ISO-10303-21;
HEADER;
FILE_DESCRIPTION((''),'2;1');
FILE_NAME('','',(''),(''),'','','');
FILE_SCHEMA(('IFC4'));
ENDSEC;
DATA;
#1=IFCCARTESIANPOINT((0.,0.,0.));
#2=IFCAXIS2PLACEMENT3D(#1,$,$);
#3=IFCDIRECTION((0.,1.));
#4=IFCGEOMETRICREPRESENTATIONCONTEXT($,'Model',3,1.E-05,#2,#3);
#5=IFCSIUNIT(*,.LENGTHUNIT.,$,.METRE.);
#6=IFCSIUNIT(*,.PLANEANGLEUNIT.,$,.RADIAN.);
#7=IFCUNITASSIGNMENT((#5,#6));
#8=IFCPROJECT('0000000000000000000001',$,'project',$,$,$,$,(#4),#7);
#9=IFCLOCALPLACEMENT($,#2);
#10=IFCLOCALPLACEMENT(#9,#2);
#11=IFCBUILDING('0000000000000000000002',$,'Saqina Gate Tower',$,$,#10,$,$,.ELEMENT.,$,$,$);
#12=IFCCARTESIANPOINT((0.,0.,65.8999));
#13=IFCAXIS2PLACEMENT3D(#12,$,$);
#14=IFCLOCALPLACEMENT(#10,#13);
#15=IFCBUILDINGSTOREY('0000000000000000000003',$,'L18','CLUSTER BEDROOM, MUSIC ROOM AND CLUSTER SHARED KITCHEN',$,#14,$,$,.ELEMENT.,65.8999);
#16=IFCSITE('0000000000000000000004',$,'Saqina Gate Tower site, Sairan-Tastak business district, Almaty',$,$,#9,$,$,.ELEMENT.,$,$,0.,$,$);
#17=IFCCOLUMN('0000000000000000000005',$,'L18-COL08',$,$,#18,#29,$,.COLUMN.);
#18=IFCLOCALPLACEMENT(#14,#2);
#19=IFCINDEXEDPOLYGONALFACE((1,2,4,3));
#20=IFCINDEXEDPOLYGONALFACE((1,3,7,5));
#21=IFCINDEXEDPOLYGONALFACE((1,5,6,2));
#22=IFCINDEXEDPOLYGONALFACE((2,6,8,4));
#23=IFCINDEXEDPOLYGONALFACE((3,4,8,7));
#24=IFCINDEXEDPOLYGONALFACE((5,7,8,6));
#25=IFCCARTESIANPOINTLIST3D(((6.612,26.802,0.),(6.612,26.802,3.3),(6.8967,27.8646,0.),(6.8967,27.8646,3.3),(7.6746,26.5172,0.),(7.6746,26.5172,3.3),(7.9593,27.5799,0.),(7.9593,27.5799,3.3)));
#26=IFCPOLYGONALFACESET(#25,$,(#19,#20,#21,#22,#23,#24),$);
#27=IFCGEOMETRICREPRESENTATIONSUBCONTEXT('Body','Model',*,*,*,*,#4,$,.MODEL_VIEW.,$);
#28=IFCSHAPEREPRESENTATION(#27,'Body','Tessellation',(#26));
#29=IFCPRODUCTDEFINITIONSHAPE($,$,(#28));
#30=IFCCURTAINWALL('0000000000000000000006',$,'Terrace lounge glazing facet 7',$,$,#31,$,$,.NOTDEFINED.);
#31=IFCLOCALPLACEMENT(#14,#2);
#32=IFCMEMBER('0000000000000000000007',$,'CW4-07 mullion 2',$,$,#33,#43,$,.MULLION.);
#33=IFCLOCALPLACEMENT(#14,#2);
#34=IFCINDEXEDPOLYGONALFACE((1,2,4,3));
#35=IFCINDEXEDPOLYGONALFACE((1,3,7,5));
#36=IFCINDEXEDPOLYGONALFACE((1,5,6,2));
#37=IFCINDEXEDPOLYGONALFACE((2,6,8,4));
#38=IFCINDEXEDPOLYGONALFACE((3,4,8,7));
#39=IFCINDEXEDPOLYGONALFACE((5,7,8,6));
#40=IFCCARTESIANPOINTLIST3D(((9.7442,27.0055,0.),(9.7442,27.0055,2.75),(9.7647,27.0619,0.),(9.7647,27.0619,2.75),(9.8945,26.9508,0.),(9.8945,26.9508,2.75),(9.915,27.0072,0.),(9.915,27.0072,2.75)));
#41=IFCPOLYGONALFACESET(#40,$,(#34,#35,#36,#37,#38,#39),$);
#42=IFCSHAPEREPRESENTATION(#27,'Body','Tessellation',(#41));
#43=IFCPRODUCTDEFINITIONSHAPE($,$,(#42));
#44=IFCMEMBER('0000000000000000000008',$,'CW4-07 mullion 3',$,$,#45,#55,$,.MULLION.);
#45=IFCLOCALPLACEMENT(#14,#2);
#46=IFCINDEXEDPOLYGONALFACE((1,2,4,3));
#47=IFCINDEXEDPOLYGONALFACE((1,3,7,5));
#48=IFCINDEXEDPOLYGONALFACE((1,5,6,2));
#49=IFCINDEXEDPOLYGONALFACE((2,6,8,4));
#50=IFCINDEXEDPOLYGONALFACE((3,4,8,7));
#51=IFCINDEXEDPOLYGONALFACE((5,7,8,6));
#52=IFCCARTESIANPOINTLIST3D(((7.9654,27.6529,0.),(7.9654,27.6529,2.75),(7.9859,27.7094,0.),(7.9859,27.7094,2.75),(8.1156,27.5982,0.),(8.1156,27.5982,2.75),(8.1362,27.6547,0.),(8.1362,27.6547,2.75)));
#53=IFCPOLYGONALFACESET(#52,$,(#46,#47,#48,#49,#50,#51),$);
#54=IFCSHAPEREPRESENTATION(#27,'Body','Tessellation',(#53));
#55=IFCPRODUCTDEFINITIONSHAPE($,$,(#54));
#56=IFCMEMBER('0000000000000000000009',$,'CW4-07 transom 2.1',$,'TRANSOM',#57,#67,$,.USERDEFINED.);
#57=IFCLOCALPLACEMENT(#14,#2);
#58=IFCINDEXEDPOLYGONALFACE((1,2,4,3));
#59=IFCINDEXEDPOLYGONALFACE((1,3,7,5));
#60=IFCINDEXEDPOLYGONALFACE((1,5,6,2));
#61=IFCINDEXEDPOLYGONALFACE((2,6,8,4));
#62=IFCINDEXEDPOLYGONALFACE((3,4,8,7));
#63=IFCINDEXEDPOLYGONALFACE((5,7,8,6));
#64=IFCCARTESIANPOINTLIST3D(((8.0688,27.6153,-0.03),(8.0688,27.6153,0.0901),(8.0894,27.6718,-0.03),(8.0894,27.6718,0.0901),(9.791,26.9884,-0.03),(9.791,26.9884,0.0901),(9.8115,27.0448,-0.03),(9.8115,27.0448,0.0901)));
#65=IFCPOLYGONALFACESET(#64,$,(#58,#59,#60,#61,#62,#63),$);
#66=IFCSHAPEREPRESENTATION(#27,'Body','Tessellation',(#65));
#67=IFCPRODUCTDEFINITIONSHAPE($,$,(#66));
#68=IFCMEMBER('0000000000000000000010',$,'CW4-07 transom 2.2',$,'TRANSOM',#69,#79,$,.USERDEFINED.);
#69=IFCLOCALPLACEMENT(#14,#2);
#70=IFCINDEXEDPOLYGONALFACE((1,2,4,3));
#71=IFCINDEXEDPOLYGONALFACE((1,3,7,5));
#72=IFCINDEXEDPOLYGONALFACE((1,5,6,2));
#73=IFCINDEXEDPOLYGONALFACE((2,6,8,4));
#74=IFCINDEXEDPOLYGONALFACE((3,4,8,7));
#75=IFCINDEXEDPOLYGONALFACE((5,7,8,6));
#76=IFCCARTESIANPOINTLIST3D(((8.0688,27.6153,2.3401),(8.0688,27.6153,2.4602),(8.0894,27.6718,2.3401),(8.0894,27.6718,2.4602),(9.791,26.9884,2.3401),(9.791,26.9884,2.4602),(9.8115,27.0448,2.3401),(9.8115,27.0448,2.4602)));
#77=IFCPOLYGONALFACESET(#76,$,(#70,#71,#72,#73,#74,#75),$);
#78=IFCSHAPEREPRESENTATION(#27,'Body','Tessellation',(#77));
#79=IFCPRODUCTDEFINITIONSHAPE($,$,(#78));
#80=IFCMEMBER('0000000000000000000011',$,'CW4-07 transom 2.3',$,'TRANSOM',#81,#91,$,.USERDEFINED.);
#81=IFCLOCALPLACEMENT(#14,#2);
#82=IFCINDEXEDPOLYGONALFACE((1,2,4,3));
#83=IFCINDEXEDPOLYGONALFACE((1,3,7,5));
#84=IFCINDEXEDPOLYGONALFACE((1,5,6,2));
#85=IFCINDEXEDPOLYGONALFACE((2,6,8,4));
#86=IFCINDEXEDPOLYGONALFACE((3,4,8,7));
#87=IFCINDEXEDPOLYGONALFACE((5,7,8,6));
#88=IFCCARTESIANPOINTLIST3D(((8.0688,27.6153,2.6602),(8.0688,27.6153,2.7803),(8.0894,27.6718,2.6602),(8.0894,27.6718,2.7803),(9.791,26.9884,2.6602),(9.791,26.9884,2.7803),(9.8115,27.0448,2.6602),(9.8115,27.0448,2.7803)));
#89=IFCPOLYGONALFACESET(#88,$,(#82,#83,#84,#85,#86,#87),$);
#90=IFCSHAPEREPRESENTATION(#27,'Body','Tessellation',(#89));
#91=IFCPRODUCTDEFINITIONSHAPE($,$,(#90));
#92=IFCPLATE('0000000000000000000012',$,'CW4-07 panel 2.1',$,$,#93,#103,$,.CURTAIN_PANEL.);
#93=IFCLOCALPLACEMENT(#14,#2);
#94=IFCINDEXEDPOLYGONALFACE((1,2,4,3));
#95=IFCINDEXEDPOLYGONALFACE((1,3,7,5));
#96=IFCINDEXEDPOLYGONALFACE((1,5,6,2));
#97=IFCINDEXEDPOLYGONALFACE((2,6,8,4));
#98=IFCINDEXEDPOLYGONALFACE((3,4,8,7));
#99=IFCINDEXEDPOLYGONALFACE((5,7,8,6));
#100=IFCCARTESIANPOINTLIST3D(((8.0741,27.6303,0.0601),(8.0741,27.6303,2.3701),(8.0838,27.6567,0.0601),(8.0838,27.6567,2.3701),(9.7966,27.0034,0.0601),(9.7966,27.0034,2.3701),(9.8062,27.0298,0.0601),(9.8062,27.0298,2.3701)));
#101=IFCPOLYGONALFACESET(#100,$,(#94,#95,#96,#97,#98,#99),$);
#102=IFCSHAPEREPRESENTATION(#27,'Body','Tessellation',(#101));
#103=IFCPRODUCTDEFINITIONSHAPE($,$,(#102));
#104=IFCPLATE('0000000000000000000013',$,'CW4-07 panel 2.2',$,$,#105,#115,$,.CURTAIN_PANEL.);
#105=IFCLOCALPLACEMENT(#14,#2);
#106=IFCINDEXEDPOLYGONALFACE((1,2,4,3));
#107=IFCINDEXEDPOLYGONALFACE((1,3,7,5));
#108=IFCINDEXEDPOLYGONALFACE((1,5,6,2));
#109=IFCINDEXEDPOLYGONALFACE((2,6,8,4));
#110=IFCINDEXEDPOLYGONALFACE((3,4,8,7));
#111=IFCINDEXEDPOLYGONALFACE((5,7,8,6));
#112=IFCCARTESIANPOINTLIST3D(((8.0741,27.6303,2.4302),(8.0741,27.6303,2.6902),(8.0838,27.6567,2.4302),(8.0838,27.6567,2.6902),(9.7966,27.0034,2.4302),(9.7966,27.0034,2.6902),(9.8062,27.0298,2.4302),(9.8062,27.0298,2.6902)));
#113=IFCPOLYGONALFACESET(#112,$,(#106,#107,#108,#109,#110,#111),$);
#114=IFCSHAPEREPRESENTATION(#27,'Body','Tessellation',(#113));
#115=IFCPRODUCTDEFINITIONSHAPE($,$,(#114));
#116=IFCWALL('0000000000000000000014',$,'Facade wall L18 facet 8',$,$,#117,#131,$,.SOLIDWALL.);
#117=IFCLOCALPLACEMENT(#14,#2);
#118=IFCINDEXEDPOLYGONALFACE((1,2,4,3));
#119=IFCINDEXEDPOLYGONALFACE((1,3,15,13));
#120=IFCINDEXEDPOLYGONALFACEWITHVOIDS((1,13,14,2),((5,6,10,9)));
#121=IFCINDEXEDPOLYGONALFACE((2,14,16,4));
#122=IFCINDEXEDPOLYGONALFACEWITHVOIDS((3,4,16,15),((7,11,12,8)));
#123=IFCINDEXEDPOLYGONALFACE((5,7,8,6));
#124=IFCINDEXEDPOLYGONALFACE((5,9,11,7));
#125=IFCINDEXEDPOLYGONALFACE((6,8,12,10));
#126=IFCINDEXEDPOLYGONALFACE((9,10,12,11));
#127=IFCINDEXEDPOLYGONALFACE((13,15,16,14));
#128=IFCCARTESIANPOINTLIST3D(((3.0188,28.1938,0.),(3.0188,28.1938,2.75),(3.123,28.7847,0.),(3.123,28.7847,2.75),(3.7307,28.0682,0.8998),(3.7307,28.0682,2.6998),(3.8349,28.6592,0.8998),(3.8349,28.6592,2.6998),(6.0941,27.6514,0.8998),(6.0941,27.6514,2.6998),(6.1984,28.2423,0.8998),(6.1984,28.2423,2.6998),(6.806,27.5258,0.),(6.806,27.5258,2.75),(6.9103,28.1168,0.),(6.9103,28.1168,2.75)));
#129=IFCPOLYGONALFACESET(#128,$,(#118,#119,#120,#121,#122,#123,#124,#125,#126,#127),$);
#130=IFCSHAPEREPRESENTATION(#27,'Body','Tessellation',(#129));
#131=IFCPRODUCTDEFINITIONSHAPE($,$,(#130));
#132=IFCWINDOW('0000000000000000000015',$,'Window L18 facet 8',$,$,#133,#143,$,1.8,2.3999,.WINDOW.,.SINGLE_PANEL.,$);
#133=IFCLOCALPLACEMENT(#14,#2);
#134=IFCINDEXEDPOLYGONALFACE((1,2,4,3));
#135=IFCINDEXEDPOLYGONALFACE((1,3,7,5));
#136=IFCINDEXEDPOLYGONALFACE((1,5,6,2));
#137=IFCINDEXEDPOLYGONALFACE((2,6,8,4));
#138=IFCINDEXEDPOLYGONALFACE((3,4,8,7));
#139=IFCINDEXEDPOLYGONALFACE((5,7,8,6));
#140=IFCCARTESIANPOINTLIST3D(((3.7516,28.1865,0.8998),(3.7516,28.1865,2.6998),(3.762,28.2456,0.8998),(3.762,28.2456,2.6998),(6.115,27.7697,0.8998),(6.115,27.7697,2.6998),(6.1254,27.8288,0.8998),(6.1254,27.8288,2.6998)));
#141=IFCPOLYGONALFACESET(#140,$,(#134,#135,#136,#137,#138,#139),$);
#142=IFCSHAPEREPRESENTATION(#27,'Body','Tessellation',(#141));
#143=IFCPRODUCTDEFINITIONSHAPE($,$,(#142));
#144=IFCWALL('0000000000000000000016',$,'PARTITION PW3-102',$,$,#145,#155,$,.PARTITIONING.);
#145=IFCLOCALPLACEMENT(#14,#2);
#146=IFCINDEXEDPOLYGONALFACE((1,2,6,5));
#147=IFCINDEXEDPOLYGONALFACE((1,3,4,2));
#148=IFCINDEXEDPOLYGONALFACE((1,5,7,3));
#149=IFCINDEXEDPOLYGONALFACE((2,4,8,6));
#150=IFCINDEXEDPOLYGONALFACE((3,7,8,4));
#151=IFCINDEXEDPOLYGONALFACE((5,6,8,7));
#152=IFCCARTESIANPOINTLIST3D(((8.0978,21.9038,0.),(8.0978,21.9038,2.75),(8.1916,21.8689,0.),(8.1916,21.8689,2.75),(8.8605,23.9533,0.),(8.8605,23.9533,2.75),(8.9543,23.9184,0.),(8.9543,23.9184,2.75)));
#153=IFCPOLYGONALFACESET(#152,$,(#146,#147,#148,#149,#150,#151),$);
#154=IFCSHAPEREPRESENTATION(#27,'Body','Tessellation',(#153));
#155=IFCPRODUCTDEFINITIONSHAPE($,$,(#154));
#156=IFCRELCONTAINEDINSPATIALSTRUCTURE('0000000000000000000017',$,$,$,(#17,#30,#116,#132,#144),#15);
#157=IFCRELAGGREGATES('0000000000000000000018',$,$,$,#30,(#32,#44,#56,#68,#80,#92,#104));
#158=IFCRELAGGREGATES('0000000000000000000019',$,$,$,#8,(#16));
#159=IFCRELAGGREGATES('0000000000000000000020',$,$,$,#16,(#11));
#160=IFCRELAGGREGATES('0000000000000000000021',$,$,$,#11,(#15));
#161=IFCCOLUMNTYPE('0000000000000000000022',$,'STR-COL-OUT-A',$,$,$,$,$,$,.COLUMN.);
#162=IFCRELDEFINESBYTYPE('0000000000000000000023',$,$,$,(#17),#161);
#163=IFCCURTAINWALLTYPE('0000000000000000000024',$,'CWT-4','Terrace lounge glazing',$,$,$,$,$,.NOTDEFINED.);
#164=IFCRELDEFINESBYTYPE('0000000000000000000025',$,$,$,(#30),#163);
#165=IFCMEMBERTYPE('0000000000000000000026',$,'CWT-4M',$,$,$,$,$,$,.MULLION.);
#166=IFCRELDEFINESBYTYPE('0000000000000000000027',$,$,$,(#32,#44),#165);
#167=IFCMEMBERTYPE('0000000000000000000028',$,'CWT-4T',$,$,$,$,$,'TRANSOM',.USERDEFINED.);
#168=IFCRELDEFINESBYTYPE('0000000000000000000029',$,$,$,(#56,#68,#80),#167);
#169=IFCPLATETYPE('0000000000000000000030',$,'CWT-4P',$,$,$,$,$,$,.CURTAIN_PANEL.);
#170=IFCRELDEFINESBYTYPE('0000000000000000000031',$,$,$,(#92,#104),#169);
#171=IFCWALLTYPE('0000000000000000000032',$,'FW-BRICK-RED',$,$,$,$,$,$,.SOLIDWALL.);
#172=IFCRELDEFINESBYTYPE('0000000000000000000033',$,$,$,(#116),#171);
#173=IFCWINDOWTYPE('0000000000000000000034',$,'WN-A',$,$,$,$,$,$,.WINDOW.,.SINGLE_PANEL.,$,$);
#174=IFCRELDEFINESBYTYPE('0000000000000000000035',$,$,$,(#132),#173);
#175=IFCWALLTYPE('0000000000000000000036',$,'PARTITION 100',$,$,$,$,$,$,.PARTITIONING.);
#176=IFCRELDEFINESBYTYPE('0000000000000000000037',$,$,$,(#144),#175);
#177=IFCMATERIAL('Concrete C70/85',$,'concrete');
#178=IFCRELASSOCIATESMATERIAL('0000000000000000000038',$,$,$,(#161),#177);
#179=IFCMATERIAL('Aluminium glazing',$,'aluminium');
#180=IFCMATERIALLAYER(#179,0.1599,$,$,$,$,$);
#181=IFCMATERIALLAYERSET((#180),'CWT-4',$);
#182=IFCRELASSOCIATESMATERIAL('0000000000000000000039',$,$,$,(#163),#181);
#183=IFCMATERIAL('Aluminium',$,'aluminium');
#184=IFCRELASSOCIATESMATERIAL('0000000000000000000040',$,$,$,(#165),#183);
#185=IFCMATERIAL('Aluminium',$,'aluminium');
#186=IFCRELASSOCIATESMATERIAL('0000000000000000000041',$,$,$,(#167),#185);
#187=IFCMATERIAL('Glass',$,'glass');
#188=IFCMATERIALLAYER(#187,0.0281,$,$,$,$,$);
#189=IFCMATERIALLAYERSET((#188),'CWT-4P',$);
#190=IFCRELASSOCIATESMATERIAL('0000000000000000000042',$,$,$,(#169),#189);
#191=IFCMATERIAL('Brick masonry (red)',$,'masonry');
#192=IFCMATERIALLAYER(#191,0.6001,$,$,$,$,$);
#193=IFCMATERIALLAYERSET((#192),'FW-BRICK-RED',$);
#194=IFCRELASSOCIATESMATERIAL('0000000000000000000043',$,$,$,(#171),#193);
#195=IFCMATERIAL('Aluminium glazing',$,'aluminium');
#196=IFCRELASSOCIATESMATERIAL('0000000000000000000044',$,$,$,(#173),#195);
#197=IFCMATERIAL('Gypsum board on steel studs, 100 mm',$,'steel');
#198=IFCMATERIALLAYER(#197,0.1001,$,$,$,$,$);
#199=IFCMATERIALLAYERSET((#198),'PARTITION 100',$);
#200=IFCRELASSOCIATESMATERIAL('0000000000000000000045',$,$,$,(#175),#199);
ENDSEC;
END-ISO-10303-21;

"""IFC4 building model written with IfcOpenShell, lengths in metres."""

from ifc_helpers import new_model, si_unit, direction, frame, frame_2d, origin, origin_2d, place, context, subcontext, project, spatial, rectangle, extrude, material, layer, layer_set, material_profile, profile_set, type_object, element, fill, aggregate, save


model = new_model("IFC4")

# Units and contexts
model_context = context("Model", 3, precision=1e-05, world=origin(), true_north=direction((0.0, 1.0)))
body_context = subcontext(model_context, "Body", "Model", "MODEL_VIEW")
ifc_project = project(units=[si_unit("LENGTHUNIT", "METRE"), si_unit("PLANEANGLEUNIT", "RADIAN")], contexts=[model_context])

# Site, building, storey
site_placement = place(None, origin())
site = spatial("IfcSite", under=ifc_project, at=site_placement, Name="Saqina Gate Tower site, Sairan-Tastak business district, Almaty", CompositionType="ELEMENT", RefElevation=0.0)
building_placement = place(site_placement, origin())
building = spatial("IfcBuilding", under=site, at=building_placement, Name="Saqina Gate Tower", CompositionType="ELEMENT")
storey_placement = place(building_placement, frame((0.0, 0.0, 65.8999)))
storey = spatial("IfcBuildingStorey", under=building, at=storey_placement, Name="L18", Description="CLUSTER BEDROOM, MUSIC ROOM AND CLUSTER SHARED KITCHEN", CompositionType="ELEMENT", Elevation=65.8999)

# Column
ifc_material_1 = material(Name="Concrete C70/85", Category="concrete")
ifc_material_profile_1 = material_profile(ifc_material_1, rectangle(XDim=1.1001, YDim=1.1001, at=origin_2d()), Name="RC 1100x1100")
ifc_profile_set_1 = profile_set([ifc_material_profile_1], Name="Concrete C70/85")
column_type = type_object("IfcColumnType", Name="STR-COL-OUT-A", PredefinedType="COLUMN", material=ifc_profile_set_1)
column_placement = place(storey_placement, frame((7.2856, 27.1909, 0.0), z_axis=(0.0, 0.0, 1.0), x_axis=(0.258819, 0.965926, 0.0)))
element("IfcColumn", 1, at=column_placement, inside=storey, type_object=column_type, Name="L18-COL08", PredefinedType="COLUMN", context=body_context, shape_type="SweptSolid", body=[
    extrude(rectangle(XDim=1.1001, YDim=1.1001, at=origin_2d()), origin(), (0.0, 0.0, 1.0), 3.3),
])

# Curtain wall, members, plates
ifc_material_2 = material(Name="Aluminium glazing", Category="aluminium")
ifc_layer_1 = layer(ifc_material_2, 0.1599)
ifc_layer_set_1 = layer_set([ifc_layer_1], Name="CWT-4")
curtain_wall_type = type_object("IfcCurtainWallType", Name="CWT-4", Description="Terrace lounge glazing", PredefinedType="NOTDEFINED", material=ifc_layer_set_1)
curtain_wall_placement = place(storey_placement, origin())
curtain_wall = element("IfcCurtainWall", 2, at=curtain_wall_placement, inside=storey, type_object=curtain_wall_type, Name="Terrace lounge glazing facet 7", PredefinedType="NOTDEFINED")
ifc_material_3 = material(Name="Aluminium", Category="aluminium")
ifc_material_profile_2 = material_profile(ifc_material_3, rectangle(XDim=0.0601, YDim=0.1599, at=origin_2d()), Name="Aluminium 60x160")
ifc_profile_set_2 = profile_set([ifc_material_profile_2], Name="Aluminium")
member_type_1 = type_object("IfcMemberType", Name="CWT-4M", PredefinedType="MULLION", material=ifc_profile_set_2)
member_1_placement = place(storey_placement, frame((9.8296, 27.0063, 0.0), z_axis=(0.0, 0.0, 1.0), x_axis=(-0.342008, -0.939697, 0.0)))
member_1 = element("IfcMember", 3, at=member_1_placement, type_object=member_type_1, Name="CW4-07 mullion 2", PredefinedType="MULLION", context=body_context, shape_type="SweptSolid", body=[
    extrude(rectangle(XDim=0.0601, YDim=0.1599, at=origin_2d()), origin(), (0.0, 0.0, 1.0), 2.75),
])
member_2_placement = place(storey_placement, frame((8.0508, 27.6538, 0.0), z_axis=(0.0, 0.0, 1.0), x_axis=(-0.342008, -0.939697, 0.0)))
member_2 = element("IfcMember", 4, at=member_2_placement, type_object=member_type_1, Name="CW4-07 mullion 3", PredefinedType="MULLION", context=body_context, shape_type="SweptSolid", body=[
    extrude(rectangle(XDim=0.0601, YDim=0.1599, at=origin_2d()), origin(), (0.0, 0.0, 1.0), 2.75),
])
ifc_material_4 = material(Name="Aluminium", Category="aluminium")
ifc_material_profile_3 = material_profile(ifc_material_4, rectangle(XDim=0.0601, YDim=0.1201, at=origin_2d()), Name="Aluminium 60x120")
ifc_profile_set_3 = profile_set([ifc_material_profile_3], Name="Aluminium")
member_type_2 = type_object("IfcMemberType", Name="CWT-4T", ElementType="TRANSOM", PredefinedType="USERDEFINED", material=ifc_profile_set_3)
member_3_placement = place(storey_placement, frame((9.8013, 27.0166, 0.03), z_axis=(-0.939669, 0.342085, 0.0), x_axis=(-0.342085, -0.939669, 0.0)))
member_3 = element("IfcMember", 5, at=member_3_placement, type_object=member_type_2, Name="CW4-07 transom 2.1", ObjectType="TRANSOM", PredefinedType="USERDEFINED", context=body_context, shape_type="SweptSolid", body=[
    extrude(rectangle(XDim=0.0601, YDim=0.1201, at=origin_2d()), origin(), (0.0, 0.0, 1.0), 1.8328),
])
member_4_placement = place(storey_placement, frame((9.8013, 27.0166, 2.4001), z_axis=(-0.939669, 0.342085, 0.0), x_axis=(-0.342085, -0.939669, 0.0)))
member_4 = element("IfcMember", 6, at=member_4_placement, type_object=member_type_2, Name="CW4-07 transom 2.2", ObjectType="TRANSOM", PredefinedType="USERDEFINED", context=body_context, shape_type="SweptSolid", body=[
    extrude(rectangle(XDim=0.0601, YDim=0.1201, at=origin_2d()), origin(), (0.0, 0.0, 1.0), 1.8328),
])
member_5_placement = place(storey_placement, frame((9.8013, 27.0166, 2.7202), z_axis=(-0.939669, 0.342085, 0.0), x_axis=(-0.342085, -0.939669, 0.0)))
member_5 = element("IfcMember", 7, at=member_5_placement, type_object=member_type_2, Name="CW4-07 transom 2.3", ObjectType="TRANSOM", PredefinedType="USERDEFINED", context=body_context, shape_type="SweptSolid", body=[
    extrude(rectangle(XDim=0.0601, YDim=0.1201, at=origin_2d()), origin(), (0.0, 0.0, 1.0), 1.8328),
])
ifc_material_5 = material(Name="Glass", Category="glass")
ifc_layer_2 = layer(ifc_material_5, 0.0281)
ifc_layer_set_2 = layer_set([ifc_layer_2], Name="CWT-4P")
plate_type = type_object("IfcPlateType", Name="CWT-4P", PredefinedType="CURTAIN_PANEL", material=ifc_layer_set_2)
plate_1_placement = place(storey_placement, frame((8.9402, 27.3301, 0.0601), z_axis=(0.0, 0.0, 1.0), x_axis=(-0.939697, 0.342008, 0.0)))
plate_1 = element("IfcPlate", 8, at=plate_1_placement, type_object=plate_type, Name="CW4-07 panel 2.1", PredefinedType="CURTAIN_PANEL", context=body_context, shape_type="SweptSolid", body=[
    extrude(rectangle(XDim=1.833, YDim=0.0281, at=origin_2d()), origin(), (0.0, 0.0, 1.0), 2.3101),
])
plate_2_placement = place(storey_placement, frame((8.9402, 27.3301, 2.4302), z_axis=(0.0, 0.0, 1.0), x_axis=(-0.939697, 0.342008, 0.0)))
plate_2 = element("IfcPlate", 9, at=plate_2_placement, type_object=plate_type, Name="CW4-07 panel 2.2", PredefinedType="CURTAIN_PANEL", context=body_context, shape_type="SweptSolid", body=[
    extrude(rectangle(XDim=1.833, YDim=0.0281, at=origin_2d()), origin(), (0.0, 0.0, 1.0), 0.26),
])
aggregate(curtain_wall, [member_1, member_2, member_3, member_4, member_5, plate_1, plate_2])

# Wall, opening, window
ifc_material_6 = material(Name="Brick masonry (red)", Category="masonry")
ifc_layer_3 = layer(ifc_material_6, 0.6001)
ifc_layer_set_3 = layer_set([ifc_layer_3], Name="FW-BRICK-RED")
wall_type_1 = type_object("IfcWallType", Name="FW-BRICK-RED", PredefinedType="SOLIDWALL", material=ifc_layer_set_3)
wall_1_placement = place(storey_placement, frame((6.8582, 27.8213, 0.0), z_axis=(0.0, 0.0, 1.0), x_axis=(-0.984801, 0.173688, 0.0)))
wall_1 = element("IfcWall", 10, at=wall_1_placement, inside=storey, type_object=wall_type_1, Name="Facade wall L18 facet 8", PredefinedType="SOLIDWALL", context=body_context, shape_type="SweptSolid", body=[
    extrude(rectangle(XDim=3.8457, YDim=0.6001, at=frame_2d((1.9229, 0.0))), origin(), (0.0, 0.0, 1.0), 2.75),
])
opening_1_placement = place(wall_1_placement, frame((0.7229, 0.0, 0.8999)))
opening_1 = element("IfcOpeningElement", 11, at=opening_1_placement, cuts=wall_1, PredefinedType="OPENING", context=body_context, shape_type="SweptSolid", body=[
    extrude(rectangle(XDim=2.3999, YDim=1.8, at=frame_2d((1.2, 0.8999))), frame((0.0, 0.312, 0.0), z_axis=(0.0, -1.0, 0.0), x_axis=(1.0, 0.0, 0.0)), (0.0, 0.0, 1.0), 0.624),
])
ifc_material_7 = material(Name="Aluminium glazing", Category="aluminium")
window_type = type_object("IfcWindowType", Name="WN-A", PartitioningType="SINGLE_PANEL", PredefinedType="WINDOW", material=ifc_material_7)
window_placement = place(opening_1_placement, origin())
window = element("IfcWindow", 12, at=window_placement, inside=storey, type_object=window_type, Name="Window L18 facet 8", OverallHeight=1.8, OverallWidth=2.3999, PartitioningType="SINGLE_PANEL", PredefinedType="WINDOW", context=body_context, shape_type="SweptSolid", body=[
    extrude(rectangle(XDim=2.3999, YDim=1.8, at=frame_2d((1.2, 0.8999))), frame((0.0, 0.1799, 0.0), z_axis=(0.0, -1.0, 0.0), x_axis=(1.0, 0.0, 0.0)), (0.0, 0.0, 1.0), 0.0601),
])
fill(opening_1, window)

# Wall
ifc_material_8 = material(Name="Gypsum board on steel studs, 100 mm", Category="steel")
ifc_layer_4 = layer(ifc_material_8, 0.1001)
ifc_layer_set_4 = layer_set([ifc_layer_4], Name="PARTITION 100")
wall_type_2 = type_object("IfcWallType", Name="PARTITION 100", PredefinedType="PARTITIONING", material=ifc_layer_set_4)
wall_2_placement = place(storey_placement, frame((8.1448, 21.8865, 0.0), z_axis=(0.0, 0.0, 1.0), x_axis=(0.348761, 0.937212, 0.0)))
element("IfcWall", 13, at=wall_2_placement, inside=storey, type_object=wall_type_2, Name="PARTITION PW3-102", PredefinedType="PARTITIONING", context=body_context, shape_type="SweptSolid", body=[
    extrude(rectangle(XDim=2.1868, YDim=0.1001, at=frame_2d((1.0933, 0.0))), origin(), (0.0, 0.0, 1.0), 2.75),
])

save(model, "model.ifc")
